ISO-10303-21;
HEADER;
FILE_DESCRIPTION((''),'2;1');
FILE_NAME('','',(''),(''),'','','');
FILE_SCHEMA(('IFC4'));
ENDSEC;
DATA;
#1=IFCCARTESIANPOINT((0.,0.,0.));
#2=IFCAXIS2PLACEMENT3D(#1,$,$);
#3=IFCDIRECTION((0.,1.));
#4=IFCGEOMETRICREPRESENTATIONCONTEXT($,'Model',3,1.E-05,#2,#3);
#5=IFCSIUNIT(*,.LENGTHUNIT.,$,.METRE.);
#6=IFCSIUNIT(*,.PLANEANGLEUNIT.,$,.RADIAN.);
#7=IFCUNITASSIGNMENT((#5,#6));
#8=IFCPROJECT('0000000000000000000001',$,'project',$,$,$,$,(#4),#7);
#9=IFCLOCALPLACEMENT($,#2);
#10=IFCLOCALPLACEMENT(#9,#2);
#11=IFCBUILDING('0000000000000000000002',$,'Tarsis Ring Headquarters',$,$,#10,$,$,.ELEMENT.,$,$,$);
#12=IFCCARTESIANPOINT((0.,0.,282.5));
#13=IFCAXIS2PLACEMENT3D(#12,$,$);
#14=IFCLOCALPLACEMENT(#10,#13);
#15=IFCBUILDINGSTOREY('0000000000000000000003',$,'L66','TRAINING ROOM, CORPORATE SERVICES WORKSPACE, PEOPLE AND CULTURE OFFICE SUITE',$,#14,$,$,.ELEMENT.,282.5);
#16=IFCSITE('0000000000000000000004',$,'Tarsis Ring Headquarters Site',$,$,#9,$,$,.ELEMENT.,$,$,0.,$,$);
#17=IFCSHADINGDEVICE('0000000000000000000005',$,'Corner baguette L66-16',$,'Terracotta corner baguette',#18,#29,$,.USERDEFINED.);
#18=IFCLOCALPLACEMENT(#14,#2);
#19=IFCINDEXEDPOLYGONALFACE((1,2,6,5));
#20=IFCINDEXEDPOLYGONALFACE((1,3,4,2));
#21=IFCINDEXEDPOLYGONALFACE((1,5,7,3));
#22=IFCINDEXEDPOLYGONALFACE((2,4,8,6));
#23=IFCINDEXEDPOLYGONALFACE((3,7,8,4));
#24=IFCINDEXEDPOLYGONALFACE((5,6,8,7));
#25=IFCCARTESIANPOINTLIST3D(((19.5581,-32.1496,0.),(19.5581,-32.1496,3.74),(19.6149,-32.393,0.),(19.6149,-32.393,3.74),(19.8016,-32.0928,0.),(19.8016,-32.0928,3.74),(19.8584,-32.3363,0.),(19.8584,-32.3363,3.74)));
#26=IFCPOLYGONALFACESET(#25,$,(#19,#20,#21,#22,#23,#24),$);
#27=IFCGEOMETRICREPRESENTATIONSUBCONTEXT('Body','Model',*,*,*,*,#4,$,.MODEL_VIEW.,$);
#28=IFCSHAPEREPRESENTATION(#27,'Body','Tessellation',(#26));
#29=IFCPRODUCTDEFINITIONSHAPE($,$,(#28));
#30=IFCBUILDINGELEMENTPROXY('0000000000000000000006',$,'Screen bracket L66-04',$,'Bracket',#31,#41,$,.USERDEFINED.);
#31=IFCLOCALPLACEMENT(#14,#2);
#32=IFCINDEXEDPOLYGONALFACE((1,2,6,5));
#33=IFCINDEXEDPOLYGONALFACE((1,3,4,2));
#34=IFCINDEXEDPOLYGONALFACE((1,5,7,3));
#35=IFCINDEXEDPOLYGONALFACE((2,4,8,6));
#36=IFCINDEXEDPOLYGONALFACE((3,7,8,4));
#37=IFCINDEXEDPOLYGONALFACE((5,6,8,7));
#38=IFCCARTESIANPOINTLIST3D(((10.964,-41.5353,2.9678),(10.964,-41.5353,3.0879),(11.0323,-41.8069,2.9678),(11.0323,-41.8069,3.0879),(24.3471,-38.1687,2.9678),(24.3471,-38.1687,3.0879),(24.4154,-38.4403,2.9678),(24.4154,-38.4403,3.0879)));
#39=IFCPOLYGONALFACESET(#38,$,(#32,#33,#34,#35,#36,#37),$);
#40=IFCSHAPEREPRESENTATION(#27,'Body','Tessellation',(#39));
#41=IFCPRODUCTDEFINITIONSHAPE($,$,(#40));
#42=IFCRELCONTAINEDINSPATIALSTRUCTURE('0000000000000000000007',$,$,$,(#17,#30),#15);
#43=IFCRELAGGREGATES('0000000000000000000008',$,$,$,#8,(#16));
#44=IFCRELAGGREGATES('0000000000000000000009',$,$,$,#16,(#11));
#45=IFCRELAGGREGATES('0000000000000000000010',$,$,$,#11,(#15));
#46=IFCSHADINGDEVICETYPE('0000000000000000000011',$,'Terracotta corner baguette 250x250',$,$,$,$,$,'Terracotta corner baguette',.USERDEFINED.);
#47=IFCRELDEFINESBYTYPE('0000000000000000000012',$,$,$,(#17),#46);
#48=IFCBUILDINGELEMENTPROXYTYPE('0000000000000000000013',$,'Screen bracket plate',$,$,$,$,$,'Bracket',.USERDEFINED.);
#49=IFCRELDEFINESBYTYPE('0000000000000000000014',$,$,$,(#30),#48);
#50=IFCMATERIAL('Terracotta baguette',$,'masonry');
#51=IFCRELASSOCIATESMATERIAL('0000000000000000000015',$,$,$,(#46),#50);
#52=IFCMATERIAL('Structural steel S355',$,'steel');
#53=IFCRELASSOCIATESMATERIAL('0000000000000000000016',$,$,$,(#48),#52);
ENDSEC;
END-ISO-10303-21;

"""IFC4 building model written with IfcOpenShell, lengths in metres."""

from ifc_helpers import new_model, si_unit, direction, frame, origin, origin_2d, place, context, subcontext, project, spatial, rectangle, extrude, material, type_object, element, save


model = new_model("IFC4")

# Units and contexts
model_context = context("Model", 3, precision=1e-05, world=origin(), true_north=direction((0.0, 1.0)))
body_context = subcontext(model_context, "Body", "Model", "MODEL_VIEW")
ifc_project = project(units=[si_unit("LENGTHUNIT", "METRE"), si_unit("PLANEANGLEUNIT", "RADIAN")], contexts=[model_context])

# Site, building, storey
site_placement = place(None, origin())
site = spatial("IfcSite", under=ifc_project, at=site_placement, Name="Tarsis Ring Headquarters Site", CompositionType="ELEMENT", RefElevation=0.0)
building_placement = place(site_placement, origin())
building = spatial("IfcBuilding", under=site, at=building_placement, Name="Tarsis Ring Headquarters", CompositionType="ELEMENT")
storey_placement = place(building_placement, frame((0.0, 0.0, 282.5)))
storey = spatial("IfcBuildingStorey", under=building, at=storey_placement, Name="L66", Description="TRAINING ROOM, CORPORATE SERVICES WORKSPACE, PEOPLE AND CULTURE OFFICE SUITE", CompositionType="ELEMENT", Elevation=282.5)

# Shared definitions
ifc_material_1 = material(Name="Structural steel S355", Category="steel")

# Shading device
ifc_material_2 = material(Name="Terracotta baguette", Category="masonry")
shading_device_type_1 = type_object("IfcShadingDeviceType", Name="Terracotta corner baguette 250x250", ElementType="Terracotta corner baguette", PredefinedType="USERDEFINED", material=ifc_material_2)
for number, where, z_axis, x_axis, name in (
    (1, (19.7083, -32.2429, 0.0), (0.0, 0.0, 1.0), (0.973897, 0.226991, 0.0), "Corner baguette L66-16"),
):
    element("IfcShadingDevice", number, at=place(storey_placement, frame(where, z_axis=z_axis, x_axis=x_axis)), inside=storey, type_object=shading_device_type_1, Name=name, ObjectType="Terracotta corner baguette", PredefinedType="USERDEFINED", context=body_context, shape_type="SweptSolid", body=[
        extrude(rectangle(XDim=0.25, YDim=0.25, at=origin_2d()), origin(), (0.0, 0.0, 1.0), 3.74),
    ])

# Building element proxy
building_element_proxy_type = type_object("IfcBuildingElementProxyType", Name="Screen bracket plate", ElementType="Bracket", PredefinedType="USERDEFINED", material=ifc_material_1)
proxy_placement = place(storey_placement, frame((17.6897, -39.9878, 2.9678), z_axis=(0.0, 0.0, 1.0), x_axis=(0.969787, 0.243954, 0.0)))
element("IfcBuildingElementProxy", 2, at=proxy_placement, inside=storey, type_object=building_element_proxy_type, Name="Screen bracket L66-04", ObjectType="Bracket", PredefinedType="USERDEFINED", context=body_context, shape_type="SweptSolid", body=[
    extrude(rectangle(XDim=13.8, YDim=0.28, at=origin_2d()), origin(), (0.0, 0.0, 1.0), 0.1201),
])

save(model, "model.ifc")
